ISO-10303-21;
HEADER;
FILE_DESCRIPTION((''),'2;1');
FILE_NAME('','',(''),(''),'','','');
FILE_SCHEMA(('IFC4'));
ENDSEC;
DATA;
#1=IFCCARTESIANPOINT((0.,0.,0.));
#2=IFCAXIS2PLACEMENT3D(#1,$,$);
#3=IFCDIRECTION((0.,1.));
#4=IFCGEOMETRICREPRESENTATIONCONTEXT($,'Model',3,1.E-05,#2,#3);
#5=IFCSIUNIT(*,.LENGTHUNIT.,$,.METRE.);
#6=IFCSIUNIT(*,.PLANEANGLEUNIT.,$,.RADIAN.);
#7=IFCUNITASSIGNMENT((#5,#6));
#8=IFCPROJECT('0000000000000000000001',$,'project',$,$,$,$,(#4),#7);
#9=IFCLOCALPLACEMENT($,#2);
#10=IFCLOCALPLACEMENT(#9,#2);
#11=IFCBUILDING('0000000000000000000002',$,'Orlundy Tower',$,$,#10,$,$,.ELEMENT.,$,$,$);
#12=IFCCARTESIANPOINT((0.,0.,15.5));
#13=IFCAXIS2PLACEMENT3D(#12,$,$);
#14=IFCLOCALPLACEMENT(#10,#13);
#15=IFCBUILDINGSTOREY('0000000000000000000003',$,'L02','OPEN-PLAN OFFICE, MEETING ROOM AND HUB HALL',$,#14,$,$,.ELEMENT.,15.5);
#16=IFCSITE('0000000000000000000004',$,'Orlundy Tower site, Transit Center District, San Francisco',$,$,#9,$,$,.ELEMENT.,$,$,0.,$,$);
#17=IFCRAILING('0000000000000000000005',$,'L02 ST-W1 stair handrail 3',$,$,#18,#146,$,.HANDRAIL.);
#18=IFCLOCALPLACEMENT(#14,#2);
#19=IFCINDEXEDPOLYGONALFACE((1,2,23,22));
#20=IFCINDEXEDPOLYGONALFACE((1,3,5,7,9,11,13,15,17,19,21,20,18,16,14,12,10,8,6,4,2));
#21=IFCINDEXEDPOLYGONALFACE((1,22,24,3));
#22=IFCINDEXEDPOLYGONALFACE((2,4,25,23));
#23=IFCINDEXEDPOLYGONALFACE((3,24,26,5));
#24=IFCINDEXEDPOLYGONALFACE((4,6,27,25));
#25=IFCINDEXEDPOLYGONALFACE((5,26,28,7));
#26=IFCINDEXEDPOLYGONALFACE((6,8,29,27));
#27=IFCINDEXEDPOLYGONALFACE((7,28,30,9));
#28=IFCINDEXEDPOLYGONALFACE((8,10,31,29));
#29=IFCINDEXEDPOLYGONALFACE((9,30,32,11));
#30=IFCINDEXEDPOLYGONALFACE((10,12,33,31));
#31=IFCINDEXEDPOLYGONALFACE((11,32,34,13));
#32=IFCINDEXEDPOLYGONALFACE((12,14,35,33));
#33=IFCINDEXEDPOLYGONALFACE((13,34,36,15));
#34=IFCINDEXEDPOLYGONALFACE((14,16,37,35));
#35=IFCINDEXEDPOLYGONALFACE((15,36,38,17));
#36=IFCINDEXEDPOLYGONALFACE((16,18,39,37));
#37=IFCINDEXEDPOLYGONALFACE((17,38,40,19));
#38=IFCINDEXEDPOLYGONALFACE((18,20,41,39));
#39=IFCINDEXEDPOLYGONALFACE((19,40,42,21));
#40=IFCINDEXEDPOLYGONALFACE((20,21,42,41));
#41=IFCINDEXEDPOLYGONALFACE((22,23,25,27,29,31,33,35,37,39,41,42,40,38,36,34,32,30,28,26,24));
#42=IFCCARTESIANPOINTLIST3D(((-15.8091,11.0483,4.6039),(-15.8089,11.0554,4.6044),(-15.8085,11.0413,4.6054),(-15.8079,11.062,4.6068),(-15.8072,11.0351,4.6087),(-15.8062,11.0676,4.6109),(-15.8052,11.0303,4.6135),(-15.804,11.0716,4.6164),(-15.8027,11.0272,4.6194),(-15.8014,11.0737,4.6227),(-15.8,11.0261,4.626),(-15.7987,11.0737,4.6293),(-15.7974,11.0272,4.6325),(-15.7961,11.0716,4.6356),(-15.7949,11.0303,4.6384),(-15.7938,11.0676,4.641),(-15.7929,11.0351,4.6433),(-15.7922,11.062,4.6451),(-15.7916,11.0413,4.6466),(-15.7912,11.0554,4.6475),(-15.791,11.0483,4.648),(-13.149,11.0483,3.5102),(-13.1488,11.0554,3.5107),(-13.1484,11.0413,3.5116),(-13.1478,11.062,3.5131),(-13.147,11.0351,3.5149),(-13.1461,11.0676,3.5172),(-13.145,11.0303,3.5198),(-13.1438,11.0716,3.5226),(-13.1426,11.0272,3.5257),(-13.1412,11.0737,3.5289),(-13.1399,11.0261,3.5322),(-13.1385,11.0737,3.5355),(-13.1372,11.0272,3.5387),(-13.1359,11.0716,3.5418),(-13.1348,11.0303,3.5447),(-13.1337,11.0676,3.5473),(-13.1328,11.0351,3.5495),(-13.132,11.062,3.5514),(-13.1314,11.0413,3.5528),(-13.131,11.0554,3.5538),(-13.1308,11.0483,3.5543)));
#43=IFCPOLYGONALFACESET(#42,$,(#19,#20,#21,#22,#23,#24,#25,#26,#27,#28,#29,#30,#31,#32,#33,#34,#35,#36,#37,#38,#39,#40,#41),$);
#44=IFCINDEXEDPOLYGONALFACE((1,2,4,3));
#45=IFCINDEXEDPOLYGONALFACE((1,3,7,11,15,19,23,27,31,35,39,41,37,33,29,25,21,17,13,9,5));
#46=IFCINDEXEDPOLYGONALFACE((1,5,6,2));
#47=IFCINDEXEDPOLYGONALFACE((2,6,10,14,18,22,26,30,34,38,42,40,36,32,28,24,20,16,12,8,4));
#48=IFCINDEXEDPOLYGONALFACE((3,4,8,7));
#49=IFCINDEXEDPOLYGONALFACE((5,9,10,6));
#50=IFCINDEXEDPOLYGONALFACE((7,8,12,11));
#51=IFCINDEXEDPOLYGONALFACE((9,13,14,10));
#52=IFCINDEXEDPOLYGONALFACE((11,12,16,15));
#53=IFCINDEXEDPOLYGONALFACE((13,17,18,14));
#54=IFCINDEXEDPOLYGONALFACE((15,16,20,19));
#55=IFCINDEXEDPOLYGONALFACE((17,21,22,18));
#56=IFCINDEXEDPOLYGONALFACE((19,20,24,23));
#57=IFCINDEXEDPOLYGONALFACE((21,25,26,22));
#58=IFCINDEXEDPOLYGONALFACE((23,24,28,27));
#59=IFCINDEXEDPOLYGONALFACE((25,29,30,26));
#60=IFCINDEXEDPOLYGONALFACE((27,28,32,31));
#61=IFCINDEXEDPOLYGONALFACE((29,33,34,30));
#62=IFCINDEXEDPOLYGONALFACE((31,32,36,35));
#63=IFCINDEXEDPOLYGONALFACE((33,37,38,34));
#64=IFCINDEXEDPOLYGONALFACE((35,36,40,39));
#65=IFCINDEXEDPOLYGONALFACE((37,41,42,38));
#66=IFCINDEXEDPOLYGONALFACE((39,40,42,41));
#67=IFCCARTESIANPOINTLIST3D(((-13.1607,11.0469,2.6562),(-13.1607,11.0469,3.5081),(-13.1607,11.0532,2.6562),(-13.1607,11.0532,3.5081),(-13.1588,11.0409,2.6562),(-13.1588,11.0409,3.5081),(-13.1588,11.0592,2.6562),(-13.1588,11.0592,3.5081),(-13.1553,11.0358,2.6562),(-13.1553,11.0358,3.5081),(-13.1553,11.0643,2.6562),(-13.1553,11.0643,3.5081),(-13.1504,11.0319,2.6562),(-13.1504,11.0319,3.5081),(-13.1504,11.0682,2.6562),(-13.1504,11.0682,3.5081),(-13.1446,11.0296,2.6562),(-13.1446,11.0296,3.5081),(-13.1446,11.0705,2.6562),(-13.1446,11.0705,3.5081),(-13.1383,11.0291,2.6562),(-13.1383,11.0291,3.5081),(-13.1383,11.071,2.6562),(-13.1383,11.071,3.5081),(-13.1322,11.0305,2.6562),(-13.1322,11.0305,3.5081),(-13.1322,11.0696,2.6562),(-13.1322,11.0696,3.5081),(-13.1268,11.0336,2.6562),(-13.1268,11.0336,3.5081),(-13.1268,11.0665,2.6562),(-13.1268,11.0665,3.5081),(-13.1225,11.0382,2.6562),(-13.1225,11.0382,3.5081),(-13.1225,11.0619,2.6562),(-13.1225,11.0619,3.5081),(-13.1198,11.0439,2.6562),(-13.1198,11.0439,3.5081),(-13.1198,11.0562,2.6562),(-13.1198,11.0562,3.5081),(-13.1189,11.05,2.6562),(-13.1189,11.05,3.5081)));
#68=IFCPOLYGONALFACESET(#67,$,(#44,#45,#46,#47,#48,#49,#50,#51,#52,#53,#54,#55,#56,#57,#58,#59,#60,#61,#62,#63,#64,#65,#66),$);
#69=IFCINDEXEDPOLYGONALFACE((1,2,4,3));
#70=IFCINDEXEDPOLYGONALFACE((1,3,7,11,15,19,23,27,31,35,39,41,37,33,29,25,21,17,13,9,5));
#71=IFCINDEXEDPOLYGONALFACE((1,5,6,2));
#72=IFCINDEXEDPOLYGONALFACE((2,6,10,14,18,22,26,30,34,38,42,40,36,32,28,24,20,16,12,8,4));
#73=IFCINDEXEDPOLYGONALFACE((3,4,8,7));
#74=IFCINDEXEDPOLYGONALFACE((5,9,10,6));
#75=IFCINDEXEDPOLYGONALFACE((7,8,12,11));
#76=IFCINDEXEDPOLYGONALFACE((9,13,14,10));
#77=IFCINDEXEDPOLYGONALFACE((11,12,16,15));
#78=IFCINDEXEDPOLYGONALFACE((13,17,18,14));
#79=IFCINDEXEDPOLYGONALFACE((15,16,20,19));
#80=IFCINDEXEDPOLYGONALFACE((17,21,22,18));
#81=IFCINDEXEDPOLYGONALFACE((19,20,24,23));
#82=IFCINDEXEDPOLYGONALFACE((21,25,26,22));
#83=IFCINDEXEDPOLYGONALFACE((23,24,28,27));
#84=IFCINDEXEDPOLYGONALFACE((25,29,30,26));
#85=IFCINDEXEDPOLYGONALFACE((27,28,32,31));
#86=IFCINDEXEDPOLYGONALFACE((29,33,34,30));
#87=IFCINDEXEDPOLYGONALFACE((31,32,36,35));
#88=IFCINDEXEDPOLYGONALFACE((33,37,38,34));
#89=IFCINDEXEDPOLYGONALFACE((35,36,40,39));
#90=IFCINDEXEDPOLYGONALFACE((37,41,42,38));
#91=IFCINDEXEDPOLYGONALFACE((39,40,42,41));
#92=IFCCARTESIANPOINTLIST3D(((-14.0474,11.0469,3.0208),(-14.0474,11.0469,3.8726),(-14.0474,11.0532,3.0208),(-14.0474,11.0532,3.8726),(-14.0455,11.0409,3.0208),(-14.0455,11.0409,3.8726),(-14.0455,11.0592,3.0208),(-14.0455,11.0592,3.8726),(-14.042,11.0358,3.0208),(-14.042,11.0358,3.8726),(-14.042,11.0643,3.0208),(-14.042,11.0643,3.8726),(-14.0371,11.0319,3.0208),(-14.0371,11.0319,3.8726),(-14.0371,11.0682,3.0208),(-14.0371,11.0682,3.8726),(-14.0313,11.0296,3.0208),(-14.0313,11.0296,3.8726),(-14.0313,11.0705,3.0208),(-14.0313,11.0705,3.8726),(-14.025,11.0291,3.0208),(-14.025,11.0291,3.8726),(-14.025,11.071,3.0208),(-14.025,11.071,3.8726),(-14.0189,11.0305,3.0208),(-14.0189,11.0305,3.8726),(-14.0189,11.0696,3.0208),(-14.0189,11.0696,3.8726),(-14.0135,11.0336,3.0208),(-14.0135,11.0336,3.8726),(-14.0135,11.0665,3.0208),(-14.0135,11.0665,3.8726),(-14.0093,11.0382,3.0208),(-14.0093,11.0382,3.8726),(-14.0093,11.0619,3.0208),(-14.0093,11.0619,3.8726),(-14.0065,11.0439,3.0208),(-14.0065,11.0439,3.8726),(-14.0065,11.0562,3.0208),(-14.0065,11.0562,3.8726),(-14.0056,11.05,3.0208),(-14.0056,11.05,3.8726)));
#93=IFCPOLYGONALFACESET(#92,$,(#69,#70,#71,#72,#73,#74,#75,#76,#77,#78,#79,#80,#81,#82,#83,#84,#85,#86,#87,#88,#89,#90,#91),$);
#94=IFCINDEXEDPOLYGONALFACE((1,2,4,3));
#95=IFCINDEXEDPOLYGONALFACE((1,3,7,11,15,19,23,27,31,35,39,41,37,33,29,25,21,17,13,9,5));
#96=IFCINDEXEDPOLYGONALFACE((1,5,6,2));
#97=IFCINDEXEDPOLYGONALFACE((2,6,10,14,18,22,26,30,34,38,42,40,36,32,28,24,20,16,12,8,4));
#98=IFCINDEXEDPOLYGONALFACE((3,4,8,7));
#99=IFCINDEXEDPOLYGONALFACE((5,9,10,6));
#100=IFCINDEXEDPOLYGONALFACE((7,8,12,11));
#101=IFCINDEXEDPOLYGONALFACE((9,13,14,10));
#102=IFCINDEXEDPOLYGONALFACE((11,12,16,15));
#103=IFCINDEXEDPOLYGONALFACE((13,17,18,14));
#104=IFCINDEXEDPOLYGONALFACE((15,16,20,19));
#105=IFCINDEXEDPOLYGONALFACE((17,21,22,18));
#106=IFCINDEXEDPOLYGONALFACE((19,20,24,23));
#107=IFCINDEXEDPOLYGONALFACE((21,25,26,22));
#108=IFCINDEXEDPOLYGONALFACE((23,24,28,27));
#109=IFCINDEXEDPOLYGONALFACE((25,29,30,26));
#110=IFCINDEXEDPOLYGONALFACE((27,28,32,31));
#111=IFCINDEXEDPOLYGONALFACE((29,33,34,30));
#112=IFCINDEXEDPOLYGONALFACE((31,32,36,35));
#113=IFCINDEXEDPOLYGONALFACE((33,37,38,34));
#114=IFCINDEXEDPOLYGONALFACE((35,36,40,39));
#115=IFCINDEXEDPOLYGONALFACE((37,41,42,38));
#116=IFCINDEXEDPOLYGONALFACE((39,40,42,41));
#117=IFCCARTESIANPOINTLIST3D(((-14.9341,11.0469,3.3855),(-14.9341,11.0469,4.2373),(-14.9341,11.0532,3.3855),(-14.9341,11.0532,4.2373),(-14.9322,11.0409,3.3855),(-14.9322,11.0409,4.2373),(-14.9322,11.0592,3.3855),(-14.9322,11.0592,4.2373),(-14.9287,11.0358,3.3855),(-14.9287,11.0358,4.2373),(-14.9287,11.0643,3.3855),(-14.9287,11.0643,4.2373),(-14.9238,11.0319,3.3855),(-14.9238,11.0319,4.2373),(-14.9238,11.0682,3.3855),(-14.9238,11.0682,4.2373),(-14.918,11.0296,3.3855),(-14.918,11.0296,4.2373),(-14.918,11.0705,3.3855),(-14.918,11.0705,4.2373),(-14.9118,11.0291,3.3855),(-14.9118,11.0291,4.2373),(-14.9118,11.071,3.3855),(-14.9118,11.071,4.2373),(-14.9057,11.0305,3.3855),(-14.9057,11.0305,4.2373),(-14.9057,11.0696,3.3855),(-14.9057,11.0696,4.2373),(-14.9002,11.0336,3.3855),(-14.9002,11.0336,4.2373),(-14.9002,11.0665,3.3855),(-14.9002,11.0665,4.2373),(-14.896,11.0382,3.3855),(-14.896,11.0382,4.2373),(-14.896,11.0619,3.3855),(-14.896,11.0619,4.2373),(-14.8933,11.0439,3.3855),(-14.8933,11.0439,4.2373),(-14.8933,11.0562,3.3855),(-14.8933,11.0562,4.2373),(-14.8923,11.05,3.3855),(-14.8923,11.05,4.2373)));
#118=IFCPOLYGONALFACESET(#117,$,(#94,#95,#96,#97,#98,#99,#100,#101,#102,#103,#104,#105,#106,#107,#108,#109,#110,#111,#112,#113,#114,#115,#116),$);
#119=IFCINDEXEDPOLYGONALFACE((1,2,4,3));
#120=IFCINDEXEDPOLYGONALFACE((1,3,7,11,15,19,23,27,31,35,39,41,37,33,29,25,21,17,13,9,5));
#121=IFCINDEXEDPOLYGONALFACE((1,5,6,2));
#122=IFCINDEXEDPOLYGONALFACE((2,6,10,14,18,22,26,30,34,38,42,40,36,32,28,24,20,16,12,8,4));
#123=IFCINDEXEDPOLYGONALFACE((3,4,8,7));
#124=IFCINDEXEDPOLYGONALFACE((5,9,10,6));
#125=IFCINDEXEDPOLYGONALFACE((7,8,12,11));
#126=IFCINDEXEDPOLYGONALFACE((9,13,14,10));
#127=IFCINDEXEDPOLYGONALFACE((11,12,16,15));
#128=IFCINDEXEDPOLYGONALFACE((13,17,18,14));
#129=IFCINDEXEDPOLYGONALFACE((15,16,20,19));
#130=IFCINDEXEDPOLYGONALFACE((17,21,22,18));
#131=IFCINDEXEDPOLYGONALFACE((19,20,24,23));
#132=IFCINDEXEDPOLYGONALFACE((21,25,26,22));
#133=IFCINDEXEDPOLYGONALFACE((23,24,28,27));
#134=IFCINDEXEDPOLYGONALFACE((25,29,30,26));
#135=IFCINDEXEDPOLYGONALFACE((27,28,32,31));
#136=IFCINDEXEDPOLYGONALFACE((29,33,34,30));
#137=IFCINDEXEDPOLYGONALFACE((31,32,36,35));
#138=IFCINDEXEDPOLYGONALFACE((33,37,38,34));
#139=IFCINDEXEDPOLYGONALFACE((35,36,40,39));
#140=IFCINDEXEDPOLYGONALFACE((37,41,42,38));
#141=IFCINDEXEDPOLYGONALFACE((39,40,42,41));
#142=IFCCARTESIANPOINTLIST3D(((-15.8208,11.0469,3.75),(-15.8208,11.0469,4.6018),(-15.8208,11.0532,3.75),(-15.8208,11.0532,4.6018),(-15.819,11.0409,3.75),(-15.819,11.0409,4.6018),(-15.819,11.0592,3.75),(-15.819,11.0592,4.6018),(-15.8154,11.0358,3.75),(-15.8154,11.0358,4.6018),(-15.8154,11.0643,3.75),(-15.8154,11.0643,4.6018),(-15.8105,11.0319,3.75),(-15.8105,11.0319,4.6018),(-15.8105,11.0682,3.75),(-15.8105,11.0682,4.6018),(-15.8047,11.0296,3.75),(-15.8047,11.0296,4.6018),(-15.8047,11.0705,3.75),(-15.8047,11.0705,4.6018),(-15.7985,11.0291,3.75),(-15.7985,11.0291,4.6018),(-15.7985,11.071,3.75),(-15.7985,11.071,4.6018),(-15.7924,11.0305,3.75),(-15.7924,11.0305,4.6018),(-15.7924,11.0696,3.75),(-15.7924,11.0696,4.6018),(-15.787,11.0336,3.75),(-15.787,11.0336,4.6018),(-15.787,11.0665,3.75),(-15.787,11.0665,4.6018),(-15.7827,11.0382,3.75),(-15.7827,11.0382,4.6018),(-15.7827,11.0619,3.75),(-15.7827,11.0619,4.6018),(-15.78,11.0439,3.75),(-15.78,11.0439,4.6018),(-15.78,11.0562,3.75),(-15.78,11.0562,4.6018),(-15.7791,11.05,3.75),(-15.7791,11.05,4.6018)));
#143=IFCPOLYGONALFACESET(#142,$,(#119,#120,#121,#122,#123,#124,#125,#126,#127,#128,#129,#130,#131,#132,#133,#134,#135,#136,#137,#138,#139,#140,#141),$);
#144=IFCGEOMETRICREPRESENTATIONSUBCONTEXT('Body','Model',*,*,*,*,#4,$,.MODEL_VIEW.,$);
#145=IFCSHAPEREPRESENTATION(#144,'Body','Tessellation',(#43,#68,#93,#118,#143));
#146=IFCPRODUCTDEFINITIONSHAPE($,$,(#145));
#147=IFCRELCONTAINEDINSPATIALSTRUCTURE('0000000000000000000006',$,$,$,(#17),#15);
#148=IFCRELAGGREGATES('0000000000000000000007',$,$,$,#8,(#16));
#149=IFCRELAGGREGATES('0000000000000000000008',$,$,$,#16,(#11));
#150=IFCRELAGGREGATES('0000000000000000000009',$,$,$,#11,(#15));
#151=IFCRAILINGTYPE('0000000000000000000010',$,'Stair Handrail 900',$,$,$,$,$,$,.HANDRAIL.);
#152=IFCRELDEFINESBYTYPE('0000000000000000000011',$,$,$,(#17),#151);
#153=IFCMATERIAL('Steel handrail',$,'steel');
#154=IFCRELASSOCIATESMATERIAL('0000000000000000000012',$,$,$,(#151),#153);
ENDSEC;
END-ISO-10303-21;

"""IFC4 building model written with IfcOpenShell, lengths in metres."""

from ifc_helpers import new_model, si_unit, direction, frame, origin, origin_2d, place, context, subcontext, project, spatial, circle, extrude, material, type_object, element, save


model = new_model("IFC4")

# Units and contexts
model_context = context("Model", 3, precision=1e-05, world=origin(), true_north=direction((0.0, 1.0)))
body_context = subcontext(model_context, "Body", "Model", "MODEL_VIEW")
ifc_project = project(units=[si_unit("LENGTHUNIT", "METRE"), si_unit("PLANEANGLEUNIT", "RADIAN")], contexts=[model_context])

# Site, building, storey
site_placement = place(None, origin())
site = spatial("IfcSite", under=ifc_project, at=site_placement, Name="Orlundy Tower site, Transit Center District, San Francisco", CompositionType="ELEMENT", RefElevation=0.0)
building_placement = place(site_placement, origin())
building = spatial("IfcBuilding", under=site, at=building_placement, Name="Orlundy Tower", CompositionType="ELEMENT")
storey_placement = place(building_placement, frame((0.0, 0.0, 15.5)))
storey = spatial("IfcBuildingStorey", under=building, at=storey_placement, Name="L02", Description="OPEN-PLAN OFFICE, MEETING ROOM AND HUB HALL", CompositionType="ELEMENT", Elevation=15.5)

# Railing
ifc_material_1 = material(Name="Steel handrail", Category="steel")
railing_type_1 = type_object("IfcRailingType", Name="Stair Handrail 900", PredefinedType="HANDRAIL", material=ifc_material_1)
railing_1_placement = place(storey_placement, frame((-13.1399, 11.05, 2.6562)))
element("IfcRailing", 1, at=railing_1_placement, inside=storey, type_object=railing_type_1, Name="L02 ST-W1 stair handrail 3", PredefinedType="HANDRAIL", context=body_context, shape_type="SweptSolid", body=[
    extrude(circle(Radius=0.0239, at=origin_2d()), frame((0.0, 0.0, 0.876), z_axis=(-0.924875, 0.0, 0.380272), x_axis=(0.0, -1.0, 0.0)), (0.0, 0.0, 1.0), 2.8762),
    extrude(circle(Radius=0.021, at=origin_2d()), origin(), (0.0, 0.0, 1.0), 0.8518),
    extrude(circle(Radius=0.021, at=origin_2d()), frame((-0.8867, 0.0, 0.3645)), (0.0, 0.0, 1.0), 0.8518),
    extrude(circle(Radius=0.021, at=origin_2d()), frame((-1.7734, 0.0, 0.7292)), (0.0, 0.0, 1.0), 0.8518),
    extrude(circle(Radius=0.021, at=origin_2d()), frame((-2.6602, 0.0, 1.0938)), (0.0, 0.0, 1.0), 0.8518),
])

save(model, "model.ifc")
